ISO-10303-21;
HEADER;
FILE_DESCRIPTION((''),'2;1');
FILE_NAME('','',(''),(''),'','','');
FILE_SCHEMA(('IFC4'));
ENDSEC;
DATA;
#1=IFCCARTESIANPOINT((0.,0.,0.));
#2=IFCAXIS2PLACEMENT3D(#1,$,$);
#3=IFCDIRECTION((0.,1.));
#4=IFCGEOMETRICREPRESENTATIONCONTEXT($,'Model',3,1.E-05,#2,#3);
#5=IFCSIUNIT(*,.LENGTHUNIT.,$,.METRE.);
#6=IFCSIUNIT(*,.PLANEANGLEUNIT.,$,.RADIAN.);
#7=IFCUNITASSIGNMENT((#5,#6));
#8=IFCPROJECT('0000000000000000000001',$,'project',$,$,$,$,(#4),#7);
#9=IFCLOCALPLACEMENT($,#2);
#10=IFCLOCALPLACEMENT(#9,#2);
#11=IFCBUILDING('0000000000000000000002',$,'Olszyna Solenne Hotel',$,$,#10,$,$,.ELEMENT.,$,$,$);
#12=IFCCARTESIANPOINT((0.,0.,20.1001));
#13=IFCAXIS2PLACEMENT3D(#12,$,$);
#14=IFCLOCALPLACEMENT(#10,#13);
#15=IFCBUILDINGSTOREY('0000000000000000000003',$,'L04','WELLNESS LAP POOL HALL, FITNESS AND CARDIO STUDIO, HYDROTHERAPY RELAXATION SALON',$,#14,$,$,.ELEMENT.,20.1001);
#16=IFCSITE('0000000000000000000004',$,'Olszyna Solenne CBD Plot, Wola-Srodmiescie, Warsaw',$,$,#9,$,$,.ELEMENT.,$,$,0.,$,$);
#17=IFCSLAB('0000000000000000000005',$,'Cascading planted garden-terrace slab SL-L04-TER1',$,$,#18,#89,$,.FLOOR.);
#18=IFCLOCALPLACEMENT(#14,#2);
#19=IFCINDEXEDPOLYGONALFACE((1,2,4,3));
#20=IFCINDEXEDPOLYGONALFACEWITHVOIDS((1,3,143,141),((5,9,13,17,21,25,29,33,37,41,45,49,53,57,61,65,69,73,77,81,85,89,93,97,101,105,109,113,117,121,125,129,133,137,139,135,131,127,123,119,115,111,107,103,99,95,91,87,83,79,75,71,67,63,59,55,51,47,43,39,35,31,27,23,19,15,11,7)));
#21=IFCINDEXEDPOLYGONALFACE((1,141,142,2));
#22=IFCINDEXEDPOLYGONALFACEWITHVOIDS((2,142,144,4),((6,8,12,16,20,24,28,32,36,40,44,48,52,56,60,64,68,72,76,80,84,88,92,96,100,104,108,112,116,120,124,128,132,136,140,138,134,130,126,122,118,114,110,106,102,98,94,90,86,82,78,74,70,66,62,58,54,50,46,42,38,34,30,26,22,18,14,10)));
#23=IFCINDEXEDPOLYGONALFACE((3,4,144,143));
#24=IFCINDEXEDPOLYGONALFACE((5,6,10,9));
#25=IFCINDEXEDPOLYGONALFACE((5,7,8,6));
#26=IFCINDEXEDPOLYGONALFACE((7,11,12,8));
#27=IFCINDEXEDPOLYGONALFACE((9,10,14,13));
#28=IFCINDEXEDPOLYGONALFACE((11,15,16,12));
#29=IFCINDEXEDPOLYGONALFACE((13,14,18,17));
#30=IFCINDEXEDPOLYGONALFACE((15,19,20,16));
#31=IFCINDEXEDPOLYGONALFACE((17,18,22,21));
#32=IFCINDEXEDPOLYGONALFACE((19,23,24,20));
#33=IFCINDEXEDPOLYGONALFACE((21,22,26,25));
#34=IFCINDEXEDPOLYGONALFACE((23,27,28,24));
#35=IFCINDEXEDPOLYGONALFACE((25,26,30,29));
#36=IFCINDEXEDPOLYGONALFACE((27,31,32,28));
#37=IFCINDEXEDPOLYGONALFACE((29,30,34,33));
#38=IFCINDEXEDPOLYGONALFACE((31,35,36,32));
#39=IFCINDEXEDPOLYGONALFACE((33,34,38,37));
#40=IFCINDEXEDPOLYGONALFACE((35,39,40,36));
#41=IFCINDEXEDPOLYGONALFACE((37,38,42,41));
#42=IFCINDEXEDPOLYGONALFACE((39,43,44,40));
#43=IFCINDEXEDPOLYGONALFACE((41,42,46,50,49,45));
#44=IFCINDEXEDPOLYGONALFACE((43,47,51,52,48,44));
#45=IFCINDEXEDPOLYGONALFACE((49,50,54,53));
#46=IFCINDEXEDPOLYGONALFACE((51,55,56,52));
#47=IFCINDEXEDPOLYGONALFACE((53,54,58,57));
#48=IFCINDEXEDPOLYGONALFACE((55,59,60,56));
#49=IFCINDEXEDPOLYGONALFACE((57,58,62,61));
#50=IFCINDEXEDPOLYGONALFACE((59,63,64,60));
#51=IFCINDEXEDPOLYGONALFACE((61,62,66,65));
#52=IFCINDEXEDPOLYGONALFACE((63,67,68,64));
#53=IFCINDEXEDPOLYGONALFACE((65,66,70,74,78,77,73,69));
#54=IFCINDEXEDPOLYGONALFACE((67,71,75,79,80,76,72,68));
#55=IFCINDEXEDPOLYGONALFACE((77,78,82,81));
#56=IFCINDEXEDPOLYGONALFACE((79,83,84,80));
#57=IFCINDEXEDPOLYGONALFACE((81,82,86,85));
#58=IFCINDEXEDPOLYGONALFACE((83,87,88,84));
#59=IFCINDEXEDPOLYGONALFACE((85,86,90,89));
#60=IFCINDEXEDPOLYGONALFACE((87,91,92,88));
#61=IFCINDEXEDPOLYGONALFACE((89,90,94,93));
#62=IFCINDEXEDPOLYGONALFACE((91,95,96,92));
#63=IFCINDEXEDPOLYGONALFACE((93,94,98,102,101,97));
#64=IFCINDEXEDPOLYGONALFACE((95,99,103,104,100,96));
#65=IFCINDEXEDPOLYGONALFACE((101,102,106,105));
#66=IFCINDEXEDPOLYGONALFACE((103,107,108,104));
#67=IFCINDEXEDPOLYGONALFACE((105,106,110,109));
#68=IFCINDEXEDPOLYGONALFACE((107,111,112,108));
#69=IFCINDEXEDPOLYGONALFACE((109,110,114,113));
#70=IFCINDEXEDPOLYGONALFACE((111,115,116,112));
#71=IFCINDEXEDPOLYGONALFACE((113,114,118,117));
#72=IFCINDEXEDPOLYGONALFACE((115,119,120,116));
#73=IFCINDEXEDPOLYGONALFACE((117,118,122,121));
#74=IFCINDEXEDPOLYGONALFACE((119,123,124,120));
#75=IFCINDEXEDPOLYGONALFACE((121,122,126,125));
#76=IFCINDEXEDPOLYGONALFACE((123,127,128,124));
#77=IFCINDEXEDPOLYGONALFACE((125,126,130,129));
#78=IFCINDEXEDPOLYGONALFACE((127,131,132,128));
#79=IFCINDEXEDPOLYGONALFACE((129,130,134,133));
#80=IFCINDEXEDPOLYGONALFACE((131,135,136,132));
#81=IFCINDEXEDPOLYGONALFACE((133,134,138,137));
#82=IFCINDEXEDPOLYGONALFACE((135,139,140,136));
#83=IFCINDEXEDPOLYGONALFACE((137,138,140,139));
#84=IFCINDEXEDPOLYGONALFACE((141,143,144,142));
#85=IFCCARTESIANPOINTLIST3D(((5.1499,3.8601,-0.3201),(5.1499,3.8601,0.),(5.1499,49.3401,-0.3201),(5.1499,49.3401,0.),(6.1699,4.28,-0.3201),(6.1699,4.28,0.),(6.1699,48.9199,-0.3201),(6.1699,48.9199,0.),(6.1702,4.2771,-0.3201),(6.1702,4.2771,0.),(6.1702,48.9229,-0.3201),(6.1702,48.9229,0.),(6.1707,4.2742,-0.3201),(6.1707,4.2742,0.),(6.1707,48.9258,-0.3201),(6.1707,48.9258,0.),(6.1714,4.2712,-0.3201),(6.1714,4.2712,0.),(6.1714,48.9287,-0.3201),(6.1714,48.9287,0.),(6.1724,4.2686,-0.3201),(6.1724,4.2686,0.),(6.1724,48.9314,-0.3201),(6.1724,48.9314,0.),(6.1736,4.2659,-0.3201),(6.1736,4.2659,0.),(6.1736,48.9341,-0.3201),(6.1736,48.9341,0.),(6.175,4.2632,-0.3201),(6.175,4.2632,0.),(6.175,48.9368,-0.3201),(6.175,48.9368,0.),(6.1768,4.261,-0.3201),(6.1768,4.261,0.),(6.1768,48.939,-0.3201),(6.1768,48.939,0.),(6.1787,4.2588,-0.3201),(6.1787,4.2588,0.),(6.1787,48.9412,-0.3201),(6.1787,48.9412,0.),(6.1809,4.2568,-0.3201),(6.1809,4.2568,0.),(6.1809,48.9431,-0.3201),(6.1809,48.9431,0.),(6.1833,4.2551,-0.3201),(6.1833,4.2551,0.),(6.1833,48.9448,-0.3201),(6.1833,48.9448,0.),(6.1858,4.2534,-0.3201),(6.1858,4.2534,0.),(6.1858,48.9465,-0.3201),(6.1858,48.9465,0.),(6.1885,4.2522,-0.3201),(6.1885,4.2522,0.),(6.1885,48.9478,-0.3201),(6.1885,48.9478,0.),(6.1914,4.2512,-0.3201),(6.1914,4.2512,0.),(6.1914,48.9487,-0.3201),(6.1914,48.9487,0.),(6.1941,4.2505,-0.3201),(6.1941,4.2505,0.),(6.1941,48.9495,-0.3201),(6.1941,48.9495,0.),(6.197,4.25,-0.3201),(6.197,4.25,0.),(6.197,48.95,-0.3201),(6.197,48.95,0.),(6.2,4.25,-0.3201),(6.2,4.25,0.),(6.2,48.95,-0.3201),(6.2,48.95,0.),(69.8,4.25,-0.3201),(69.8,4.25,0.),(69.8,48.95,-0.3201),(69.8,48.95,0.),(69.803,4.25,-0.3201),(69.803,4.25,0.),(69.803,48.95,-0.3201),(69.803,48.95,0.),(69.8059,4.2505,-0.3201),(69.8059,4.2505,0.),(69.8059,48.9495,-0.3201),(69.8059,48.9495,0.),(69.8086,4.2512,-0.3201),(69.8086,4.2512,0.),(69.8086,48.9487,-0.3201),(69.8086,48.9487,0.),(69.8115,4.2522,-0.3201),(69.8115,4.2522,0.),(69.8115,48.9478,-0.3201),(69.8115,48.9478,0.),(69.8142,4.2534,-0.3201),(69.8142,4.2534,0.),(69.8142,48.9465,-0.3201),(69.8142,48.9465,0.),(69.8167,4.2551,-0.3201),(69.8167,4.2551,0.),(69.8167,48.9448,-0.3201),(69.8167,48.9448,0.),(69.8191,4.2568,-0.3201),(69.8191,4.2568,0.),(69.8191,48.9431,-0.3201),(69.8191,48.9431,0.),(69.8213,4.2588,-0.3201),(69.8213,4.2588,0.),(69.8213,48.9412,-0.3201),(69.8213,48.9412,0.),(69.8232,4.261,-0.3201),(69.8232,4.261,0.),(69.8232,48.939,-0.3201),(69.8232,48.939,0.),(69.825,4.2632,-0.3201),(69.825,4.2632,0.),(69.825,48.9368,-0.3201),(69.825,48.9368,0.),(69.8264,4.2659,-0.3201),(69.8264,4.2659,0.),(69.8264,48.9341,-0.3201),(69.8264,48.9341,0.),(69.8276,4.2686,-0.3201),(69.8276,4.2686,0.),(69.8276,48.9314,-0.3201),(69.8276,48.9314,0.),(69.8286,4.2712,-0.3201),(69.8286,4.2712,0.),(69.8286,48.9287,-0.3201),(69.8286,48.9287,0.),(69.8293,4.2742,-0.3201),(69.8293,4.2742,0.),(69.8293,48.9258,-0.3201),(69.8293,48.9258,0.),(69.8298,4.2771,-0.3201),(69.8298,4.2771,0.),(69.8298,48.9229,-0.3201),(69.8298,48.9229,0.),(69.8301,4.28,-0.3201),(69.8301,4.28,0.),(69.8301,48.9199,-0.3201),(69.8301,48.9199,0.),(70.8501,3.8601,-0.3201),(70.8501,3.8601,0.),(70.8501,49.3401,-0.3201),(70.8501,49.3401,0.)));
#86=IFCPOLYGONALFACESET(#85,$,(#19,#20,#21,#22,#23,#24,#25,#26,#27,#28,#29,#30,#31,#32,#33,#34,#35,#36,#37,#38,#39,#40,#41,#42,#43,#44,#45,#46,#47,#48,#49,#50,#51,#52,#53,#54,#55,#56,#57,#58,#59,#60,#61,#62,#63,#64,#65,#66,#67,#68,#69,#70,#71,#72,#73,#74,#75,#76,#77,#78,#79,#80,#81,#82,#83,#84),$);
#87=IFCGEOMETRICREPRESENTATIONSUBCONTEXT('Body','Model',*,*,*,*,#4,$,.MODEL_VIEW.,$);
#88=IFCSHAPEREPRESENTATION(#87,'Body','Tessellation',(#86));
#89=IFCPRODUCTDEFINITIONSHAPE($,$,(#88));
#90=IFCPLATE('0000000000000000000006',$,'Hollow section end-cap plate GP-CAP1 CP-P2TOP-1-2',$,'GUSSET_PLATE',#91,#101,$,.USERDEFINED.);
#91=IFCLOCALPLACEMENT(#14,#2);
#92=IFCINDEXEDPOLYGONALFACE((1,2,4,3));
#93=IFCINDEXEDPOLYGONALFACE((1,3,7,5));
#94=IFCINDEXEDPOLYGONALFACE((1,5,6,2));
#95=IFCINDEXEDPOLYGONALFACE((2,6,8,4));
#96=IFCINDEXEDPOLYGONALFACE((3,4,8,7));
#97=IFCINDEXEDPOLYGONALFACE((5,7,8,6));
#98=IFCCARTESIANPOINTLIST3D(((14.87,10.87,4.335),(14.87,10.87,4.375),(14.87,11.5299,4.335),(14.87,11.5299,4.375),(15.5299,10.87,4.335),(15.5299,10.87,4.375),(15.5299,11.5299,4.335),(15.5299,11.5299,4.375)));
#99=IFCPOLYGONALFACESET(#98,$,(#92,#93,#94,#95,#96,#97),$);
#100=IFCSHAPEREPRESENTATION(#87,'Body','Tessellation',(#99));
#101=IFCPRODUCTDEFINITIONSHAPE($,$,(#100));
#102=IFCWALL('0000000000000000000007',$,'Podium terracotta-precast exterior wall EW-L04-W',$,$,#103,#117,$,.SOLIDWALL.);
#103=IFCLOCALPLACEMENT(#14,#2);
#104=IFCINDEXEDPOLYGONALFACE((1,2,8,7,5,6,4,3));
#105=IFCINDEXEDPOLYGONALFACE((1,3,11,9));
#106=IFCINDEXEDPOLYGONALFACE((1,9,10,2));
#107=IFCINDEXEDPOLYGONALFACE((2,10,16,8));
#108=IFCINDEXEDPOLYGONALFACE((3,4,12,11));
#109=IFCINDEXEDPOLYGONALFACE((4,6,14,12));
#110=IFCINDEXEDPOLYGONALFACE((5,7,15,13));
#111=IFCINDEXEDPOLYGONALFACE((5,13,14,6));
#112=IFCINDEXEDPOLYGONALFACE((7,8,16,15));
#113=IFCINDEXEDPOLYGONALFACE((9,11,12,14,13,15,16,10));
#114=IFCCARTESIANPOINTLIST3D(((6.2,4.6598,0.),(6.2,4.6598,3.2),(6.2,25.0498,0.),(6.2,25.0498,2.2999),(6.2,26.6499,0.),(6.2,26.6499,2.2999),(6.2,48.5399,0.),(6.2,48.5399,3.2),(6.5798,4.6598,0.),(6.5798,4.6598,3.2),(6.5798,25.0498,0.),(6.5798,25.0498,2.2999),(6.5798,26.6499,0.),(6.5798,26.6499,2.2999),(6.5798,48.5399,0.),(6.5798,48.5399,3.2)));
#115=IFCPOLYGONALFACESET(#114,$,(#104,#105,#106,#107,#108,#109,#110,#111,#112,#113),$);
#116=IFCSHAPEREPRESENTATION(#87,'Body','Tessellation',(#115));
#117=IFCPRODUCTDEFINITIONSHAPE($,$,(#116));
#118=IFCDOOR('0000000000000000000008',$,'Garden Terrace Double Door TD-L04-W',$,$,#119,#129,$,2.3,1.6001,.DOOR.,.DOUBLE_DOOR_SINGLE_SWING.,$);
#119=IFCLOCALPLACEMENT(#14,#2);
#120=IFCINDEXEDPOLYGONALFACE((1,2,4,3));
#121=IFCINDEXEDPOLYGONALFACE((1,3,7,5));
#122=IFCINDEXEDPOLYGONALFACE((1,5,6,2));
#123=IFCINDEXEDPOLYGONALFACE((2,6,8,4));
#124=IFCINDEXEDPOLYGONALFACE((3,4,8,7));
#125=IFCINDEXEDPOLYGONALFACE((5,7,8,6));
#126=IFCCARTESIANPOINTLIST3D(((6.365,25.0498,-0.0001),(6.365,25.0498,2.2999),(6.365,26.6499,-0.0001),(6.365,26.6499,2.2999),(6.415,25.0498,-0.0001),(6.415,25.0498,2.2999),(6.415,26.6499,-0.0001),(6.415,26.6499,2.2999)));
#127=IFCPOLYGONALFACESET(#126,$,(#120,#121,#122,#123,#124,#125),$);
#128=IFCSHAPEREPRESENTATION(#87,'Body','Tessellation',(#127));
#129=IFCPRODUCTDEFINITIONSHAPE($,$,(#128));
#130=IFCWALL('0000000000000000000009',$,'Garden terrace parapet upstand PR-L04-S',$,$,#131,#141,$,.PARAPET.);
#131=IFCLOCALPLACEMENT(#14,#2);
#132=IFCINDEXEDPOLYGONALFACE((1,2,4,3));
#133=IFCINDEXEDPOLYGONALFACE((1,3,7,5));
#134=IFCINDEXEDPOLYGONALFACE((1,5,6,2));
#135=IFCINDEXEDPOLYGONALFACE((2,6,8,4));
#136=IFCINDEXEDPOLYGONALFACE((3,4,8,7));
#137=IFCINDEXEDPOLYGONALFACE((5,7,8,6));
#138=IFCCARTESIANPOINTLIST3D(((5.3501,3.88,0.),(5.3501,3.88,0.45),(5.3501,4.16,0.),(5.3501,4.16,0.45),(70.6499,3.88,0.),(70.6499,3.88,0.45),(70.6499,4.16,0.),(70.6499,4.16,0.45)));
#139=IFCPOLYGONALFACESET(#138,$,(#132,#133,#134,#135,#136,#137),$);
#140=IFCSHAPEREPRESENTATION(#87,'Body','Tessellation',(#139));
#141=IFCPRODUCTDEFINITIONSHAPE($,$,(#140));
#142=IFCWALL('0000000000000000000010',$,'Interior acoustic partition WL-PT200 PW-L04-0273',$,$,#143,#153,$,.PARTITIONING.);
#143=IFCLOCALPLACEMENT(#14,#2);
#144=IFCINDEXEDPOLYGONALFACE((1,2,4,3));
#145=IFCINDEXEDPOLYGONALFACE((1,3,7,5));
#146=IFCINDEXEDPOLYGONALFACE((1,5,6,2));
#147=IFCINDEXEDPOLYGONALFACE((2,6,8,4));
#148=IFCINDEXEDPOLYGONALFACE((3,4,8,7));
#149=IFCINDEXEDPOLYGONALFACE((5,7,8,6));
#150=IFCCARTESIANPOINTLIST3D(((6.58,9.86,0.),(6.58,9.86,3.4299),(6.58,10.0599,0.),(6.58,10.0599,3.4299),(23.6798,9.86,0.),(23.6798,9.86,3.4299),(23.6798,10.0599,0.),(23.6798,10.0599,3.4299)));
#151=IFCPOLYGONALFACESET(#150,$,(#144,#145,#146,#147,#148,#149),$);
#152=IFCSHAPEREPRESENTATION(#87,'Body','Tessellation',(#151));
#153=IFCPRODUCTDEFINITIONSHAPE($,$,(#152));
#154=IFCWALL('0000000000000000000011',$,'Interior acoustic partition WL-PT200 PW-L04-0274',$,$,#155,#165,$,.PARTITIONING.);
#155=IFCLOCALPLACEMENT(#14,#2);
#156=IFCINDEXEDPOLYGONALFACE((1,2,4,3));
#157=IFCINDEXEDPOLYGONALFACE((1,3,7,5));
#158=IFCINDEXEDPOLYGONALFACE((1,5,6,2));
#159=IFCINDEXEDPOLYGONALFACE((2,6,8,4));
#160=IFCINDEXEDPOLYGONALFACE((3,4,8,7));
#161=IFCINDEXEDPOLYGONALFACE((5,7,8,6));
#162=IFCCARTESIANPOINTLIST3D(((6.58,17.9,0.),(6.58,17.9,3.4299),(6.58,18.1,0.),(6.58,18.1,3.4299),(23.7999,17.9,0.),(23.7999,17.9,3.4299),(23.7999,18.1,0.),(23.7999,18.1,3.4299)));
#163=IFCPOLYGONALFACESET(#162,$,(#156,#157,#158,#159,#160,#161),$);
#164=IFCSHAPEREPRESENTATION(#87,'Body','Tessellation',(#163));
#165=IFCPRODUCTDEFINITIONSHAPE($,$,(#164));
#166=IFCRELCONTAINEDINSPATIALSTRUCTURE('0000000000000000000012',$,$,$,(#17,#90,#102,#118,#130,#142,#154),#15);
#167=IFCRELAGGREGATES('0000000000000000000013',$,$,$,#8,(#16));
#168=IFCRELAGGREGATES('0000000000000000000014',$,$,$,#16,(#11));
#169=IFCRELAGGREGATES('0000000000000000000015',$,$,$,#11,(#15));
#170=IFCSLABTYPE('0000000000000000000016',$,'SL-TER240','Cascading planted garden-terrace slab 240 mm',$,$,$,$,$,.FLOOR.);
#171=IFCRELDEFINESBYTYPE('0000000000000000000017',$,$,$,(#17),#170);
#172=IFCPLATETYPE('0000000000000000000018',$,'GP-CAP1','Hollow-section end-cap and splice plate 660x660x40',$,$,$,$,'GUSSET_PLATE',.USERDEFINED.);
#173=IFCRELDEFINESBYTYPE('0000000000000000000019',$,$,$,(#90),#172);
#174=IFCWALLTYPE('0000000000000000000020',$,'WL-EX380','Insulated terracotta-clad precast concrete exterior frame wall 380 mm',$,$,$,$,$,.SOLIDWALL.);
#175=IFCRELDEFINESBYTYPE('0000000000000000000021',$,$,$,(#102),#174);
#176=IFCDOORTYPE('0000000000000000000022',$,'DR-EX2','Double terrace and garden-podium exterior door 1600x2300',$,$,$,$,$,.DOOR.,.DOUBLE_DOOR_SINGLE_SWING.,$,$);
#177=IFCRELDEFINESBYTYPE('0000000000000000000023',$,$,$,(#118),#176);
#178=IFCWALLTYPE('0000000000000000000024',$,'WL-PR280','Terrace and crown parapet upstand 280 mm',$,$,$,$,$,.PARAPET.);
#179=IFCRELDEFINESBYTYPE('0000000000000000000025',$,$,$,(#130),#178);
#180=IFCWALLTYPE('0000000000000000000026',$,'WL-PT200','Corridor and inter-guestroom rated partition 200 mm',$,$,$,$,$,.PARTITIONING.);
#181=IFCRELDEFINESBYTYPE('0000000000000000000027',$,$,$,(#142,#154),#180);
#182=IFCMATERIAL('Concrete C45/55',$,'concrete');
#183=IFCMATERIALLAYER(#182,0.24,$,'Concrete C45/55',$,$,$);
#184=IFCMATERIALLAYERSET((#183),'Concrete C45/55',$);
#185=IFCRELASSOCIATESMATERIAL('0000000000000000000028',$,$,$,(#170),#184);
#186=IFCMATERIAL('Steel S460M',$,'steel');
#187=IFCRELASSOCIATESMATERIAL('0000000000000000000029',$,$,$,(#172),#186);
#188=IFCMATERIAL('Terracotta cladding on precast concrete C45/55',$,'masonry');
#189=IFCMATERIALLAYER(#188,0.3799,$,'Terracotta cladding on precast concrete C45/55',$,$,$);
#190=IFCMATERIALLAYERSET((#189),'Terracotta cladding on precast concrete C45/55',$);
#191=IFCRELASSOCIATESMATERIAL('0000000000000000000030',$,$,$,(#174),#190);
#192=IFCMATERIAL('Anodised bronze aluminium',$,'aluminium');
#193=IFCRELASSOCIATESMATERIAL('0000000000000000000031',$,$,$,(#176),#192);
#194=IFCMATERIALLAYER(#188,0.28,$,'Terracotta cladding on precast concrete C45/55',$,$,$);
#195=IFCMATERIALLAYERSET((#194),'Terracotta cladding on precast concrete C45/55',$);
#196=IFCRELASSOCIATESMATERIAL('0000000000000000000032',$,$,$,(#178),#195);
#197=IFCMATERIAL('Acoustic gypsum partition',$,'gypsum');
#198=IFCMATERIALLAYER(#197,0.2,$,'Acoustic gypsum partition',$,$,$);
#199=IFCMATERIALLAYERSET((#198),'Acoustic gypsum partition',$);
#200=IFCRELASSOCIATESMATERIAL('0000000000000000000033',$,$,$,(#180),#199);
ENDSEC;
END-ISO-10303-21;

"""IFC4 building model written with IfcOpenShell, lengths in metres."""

from ifc_helpers import new_model, si_unit, direction, frame, frame_2d, origin, origin_2d, place, context, subcontext, project, spatial, polyline, rectangle, outline, extrude, source, transform, mapped, material, layer, layer_set, type_object, type_shapes, element, fill, save


model = new_model("IFC4")

# Units and contexts
model_context = context("Model", 3, precision=1e-05, world=origin(), true_north=direction((0.0, 1.0)))
body_context = subcontext(model_context, "Body", "Model", "MODEL_VIEW")
ifc_project = project(units=[si_unit("LENGTHUNIT", "METRE"), si_unit("PLANEANGLEUNIT", "RADIAN")], contexts=[model_context])

# Site, building, storey
site_placement = place(None, origin())
site = spatial("IfcSite", under=ifc_project, at=site_placement, Name="Olszyna Solenne CBD Plot, Wola-Srodmiescie, Warsaw", CompositionType="ELEMENT", RefElevation=0.0)
building_placement = place(site_placement, origin())
building = spatial("IfcBuilding", under=site, at=building_placement, Name="Olszyna Solenne Hotel", CompositionType="ELEMENT")
storey_placement = place(building_placement, frame((0.0, 0.0, 20.1001)))
storey = spatial("IfcBuildingStorey", under=building, at=storey_placement, Name="L04", Description="WELLNESS LAP POOL HALL, FITNESS AND CARDIO STUDIO, HYDROTHERAPY RELAXATION SALON", CompositionType="ELEMENT", Elevation=20.1001)

# Shared definitions
ifc_material_1 = material(Name="Steel S460M", Category="steel")

# Slab
ifc_material_2 = material(Name="Concrete C45/55", Category="concrete")
ifc_layer_1 = layer(ifc_material_2, 0.24, Name="Concrete C45/55")
ifc_layer_set_1 = layer_set([ifc_layer_1], Name="Concrete C45/55")
slab_type_1 = type_object("IfcSlabType", Name="SL-TER240", Description="Cascading planted garden-terrace slab 240 mm", PredefinedType="FLOOR", material=ifc_layer_set_1)
slab_1_placement = place(storey_placement, frame((0.0, 0.0, -0.3201)))
element("IfcSlab", 1, at=slab_1_placement, inside=storey, type_object=slab_type_1, Name="Cascading planted garden-terrace slab SL-L04-TER1", PredefinedType="FLOOR", context=body_context, shape_type="SweptSolid", body=[
    extrude(outline(polyline([(5.1499, 3.8601), (70.8501, 3.8601), (70.8501, 49.3401), (5.1499, 49.3401), (5.1499, 3.8601)]), holes=[polyline([(6.1702, 4.2771), (6.1707, 4.2742), (6.1714, 4.2712), (6.1724, 4.2686), (6.1736, 4.2659), (6.175, 4.2632), (6.1768, 4.261), (6.1787, 4.2588), (6.1809, 4.2568), (6.1833, 4.2551), (6.1858, 4.2534), (6.1885, 4.2522), (6.1914, 4.2512), (6.1941, 4.2505), (6.197, 4.25), (6.2, 4.25), (69.8, 4.25), (69.803, 4.25), (69.8059, 4.2505), (69.8086, 4.2512), (69.8115, 4.2522), (69.8142, 4.2534), (69.8167, 4.2551), (69.8191, 4.2568), (69.8213, 4.2588), (69.8232, 4.261), (69.825, 4.2632), (69.8264, 4.2659), (69.8276, 4.2686), (69.8286, 4.2712), (69.8293, 4.2742), (69.8298, 4.2771), (69.8301, 4.28), (69.8301, 48.9199), (69.8298, 48.9229), (69.8293, 48.9258), (69.8286, 48.9287), (69.8276, 48.9314), (69.8264, 48.9341), (69.825, 48.9368), (69.8232, 48.939), (69.8213, 48.9412), (69.8191, 48.9431), (69.8167, 48.9448), (69.8142, 48.9465), (69.8115, 48.9478), (69.8086, 48.9487), (69.8059, 48.9495), (69.803, 48.95), (69.8, 48.95), (6.2, 48.95), (6.197, 48.95), (6.1941, 48.9495), (6.1914, 48.9487), (6.1885, 48.9478), (6.1858, 48.9465), (6.1833, 48.9448), (6.1809, 48.9431), (6.1787, 48.9412), (6.1768, 48.939), (6.175, 48.9368), (6.1736, 48.9341), (6.1724, 48.9314), (6.1714, 48.9287), (6.1707, 48.9258), (6.1702, 48.9229), (6.1699, 48.9199), (6.1699, 4.28), (6.1702, 4.2771)])]), origin(), (0.0, 0.0, 1.0), 0.3201),
])

# Plate
plate_type = type_object("IfcPlateType", Name="GP-CAP1", Description="Hollow-section end-cap and splice plate 660x660x40", ElementType="GUSSET_PLATE", PredefinedType="USERDEFINED", material=ifc_material_1)
shared_shape_1 = source(origin(), body_context, "Body", "SweptSolid", [
    extrude(rectangle(XDim=0.6599, YDim=0.6599, at=origin_2d()), origin(), (0.0, 0.0, 1.0), 0.04),
])
plate_placement = place(storey_placement, frame((15.2, 11.2, 4.335), z_axis=(0.0, 0.0, 1.0), x_axis=(1.0, 0.0, 0.0)))
element("IfcPlate", 2, at=plate_placement, inside=storey, type_object=plate_type, Name="Hollow section end-cap plate GP-CAP1 CP-P2TOP-1-2", ObjectType="GUSSET_PLATE", PredefinedType="USERDEFINED", context=body_context, shape_type="MappedRepresentation", body=[
    mapped(shared_shape_1, transform((0.0, 0.0, 0.0), x_axis=(1.0, 0.0, 0.0), y_axis=(0.0, 1.0, 0.0), z_axis=(0.0, 0.0, 1.0), scale=1.0)),
])

# Wall, opening, door
ifc_material_3 = material(Name="Terracotta cladding on precast concrete C45/55", Category="masonry")
ifc_layer_2 = layer(ifc_material_3, 0.3799, Name="Terracotta cladding on precast concrete C45/55")
ifc_layer_set_2 = layer_set([ifc_layer_2], Name="Terracotta cladding on precast concrete C45/55")
wall_type_1 = type_object("IfcWallType", Name="WL-EX380", Description="Insulated terracotta-clad precast concrete exterior frame wall 380 mm", PredefinedType="SOLIDWALL", material=ifc_layer_set_2)
wall_1_placement = place(storey_placement, frame((6.3899, 4.6599, 0.0), z_axis=(0.0, 0.0, 1.0), x_axis=(0.0, 1.0, 0.0)))
wall_1 = element("IfcWall", 3, at=wall_1_placement, inside=storey, type_object=wall_type_1, Name="Podium terracotta-precast exterior wall EW-L04-W", PredefinedType="SOLIDWALL", context=body_context, shape_type="SweptSolid", body=[
    extrude(rectangle(XDim=43.8801, YDim=0.3799, at=frame_2d((21.9399, 0.0))), origin(), (0.0, 0.0, 1.0), 3.2),
])
opening_1_placement = place(wall_1_placement, frame((20.3899, 0.0, 0.0)))
opening_1 = element("IfcOpeningElement", 4, at=opening_1_placement, cuts=wall_1, PredefinedType="OPENING", context=body_context, shape_type="SweptSolid", body=[
    extrude(rectangle(XDim=1.6001, YDim=2.3, at=frame_2d((0.8, 1.1499))), frame((0.0, 0.2, 0.0), z_axis=(0.0, -1.0, 0.0), x_axis=(1.0, 0.0, 0.0)), (0.0, 0.0, 1.0), 0.3999),
])
ifc_material_4 = material(Name="Anodised bronze aluminium", Category="aluminium")
door_type_1 = type_object("IfcDoorType", Name="DR-EX2", Description="Double terrace and garden-podium exterior door 1600x2300", OperationType="DOUBLE_DOOR_SINGLE_SWING", PredefinedType="DOOR", material=ifc_material_4)
shared_shape_2 = source(origin(), body_context, "Body", "SweptSolid", [
    extrude(rectangle(XDim=1.6001, YDim=2.3, at=frame_2d((0.8, 1.1499))), frame((0.0, 0.0249, 0.0), z_axis=(0.0, -1.0, 0.0), x_axis=(1.0, 0.0, 0.0)), (0.0, 0.0, 1.0), 0.05),
])
type_shapes(door_type_1, [shared_shape_2])
door_1_placement = place(opening_1_placement, origin())
door_1 = element("IfcDoor", 5, at=door_1_placement, inside=storey, type_object=door_type_1, Name="Garden Terrace Double Door TD-L04-W", OperationType="DOUBLE_DOOR_SINGLE_SWING", OverallHeight=2.3, OverallWidth=1.6001, PredefinedType="DOOR", context=body_context, shape_type="MappedRepresentation", body=[
    mapped(shared_shape_2, transform((0.0, 0.0, 0.0), x_axis=(1.0, 0.0, 0.0), y_axis=(0.0, 1.0, 0.0), z_axis=(0.0, 0.0, 1.0), scale=1.0)),
])
fill(opening_1, door_1)

# Walls
ifc_layer_3 = layer(ifc_material_3, 0.28, Name="Terracotta cladding on precast concrete C45/55")
ifc_layer_set_3 = layer_set([ifc_layer_3], Name="Terracotta cladding on precast concrete C45/55")
wall_type_2 = type_object("IfcWallType", Name="WL-PR280", Description="Terrace and crown parapet upstand 280 mm", PredefinedType="PARAPET", material=ifc_layer_set_3)
wall_2_placement = place(storey_placement, frame((5.3501, 4.02, 0.0), z_axis=(0.0, 0.0, 1.0), x_axis=(1.0, 0.0, 0.0)))
element("IfcWall", 6, at=wall_2_placement, inside=storey, type_object=wall_type_2, Name="Garden terrace parapet upstand PR-L04-S", PredefinedType="PARAPET", context=body_context, shape_type="SweptSolid", body=[
    extrude(rectangle(XDim=65.2998, YDim=0.28, at=frame_2d((32.6499, 0.0))), origin(), (0.0, 0.0, 1.0), 0.45),
])
ifc_material_5 = material(Name="Acoustic gypsum partition", Category="gypsum")
ifc_layer_4 = layer(ifc_material_5, 0.2, Name="Acoustic gypsum partition")
ifc_layer_set_4 = layer_set([ifc_layer_4], Name="Acoustic gypsum partition")
wall_type_3 = type_object("IfcWallType", Name="WL-PT200", Description="Corridor and inter-guestroom rated partition 200 mm", PredefinedType="PARTITIONING", material=ifc_layer_set_4)
wall_3_placement = place(storey_placement, frame((6.5801, 9.96, 0.0), z_axis=(0.0, 0.0, 1.0), x_axis=(1.0, 0.0, 0.0)))
element("IfcWall", 7, at=wall_3_placement, inside=storey, type_object=wall_type_3, Name="Interior acoustic partition WL-PT200 PW-L04-0273", PredefinedType="PARTITIONING", context=body_context, shape_type="SweptSolid", body=[
    extrude(rectangle(XDim=17.0999, YDim=0.2, at=frame_2d((8.5498, 0.0))), origin(), (0.0, 0.0, 1.0), 3.4299),
])
wall_4_placement = place(storey_placement, frame((6.5801, 18.0, 0.0), z_axis=(0.0, 0.0, 1.0), x_axis=(1.0, 0.0, 0.0)))
element("IfcWall", 8, at=wall_4_placement, inside=storey, type_object=wall_type_3, Name="Interior acoustic partition WL-PT200 PW-L04-0274", PredefinedType="PARTITIONING", context=body_context, shape_type="SweptSolid", body=[
    extrude(rectangle(XDim=17.22, YDim=0.2, at=frame_2d((8.6099, 0.0))), origin(), (0.0, 0.0, 1.0), 3.4299),
])

save(model, "model.ifc")
